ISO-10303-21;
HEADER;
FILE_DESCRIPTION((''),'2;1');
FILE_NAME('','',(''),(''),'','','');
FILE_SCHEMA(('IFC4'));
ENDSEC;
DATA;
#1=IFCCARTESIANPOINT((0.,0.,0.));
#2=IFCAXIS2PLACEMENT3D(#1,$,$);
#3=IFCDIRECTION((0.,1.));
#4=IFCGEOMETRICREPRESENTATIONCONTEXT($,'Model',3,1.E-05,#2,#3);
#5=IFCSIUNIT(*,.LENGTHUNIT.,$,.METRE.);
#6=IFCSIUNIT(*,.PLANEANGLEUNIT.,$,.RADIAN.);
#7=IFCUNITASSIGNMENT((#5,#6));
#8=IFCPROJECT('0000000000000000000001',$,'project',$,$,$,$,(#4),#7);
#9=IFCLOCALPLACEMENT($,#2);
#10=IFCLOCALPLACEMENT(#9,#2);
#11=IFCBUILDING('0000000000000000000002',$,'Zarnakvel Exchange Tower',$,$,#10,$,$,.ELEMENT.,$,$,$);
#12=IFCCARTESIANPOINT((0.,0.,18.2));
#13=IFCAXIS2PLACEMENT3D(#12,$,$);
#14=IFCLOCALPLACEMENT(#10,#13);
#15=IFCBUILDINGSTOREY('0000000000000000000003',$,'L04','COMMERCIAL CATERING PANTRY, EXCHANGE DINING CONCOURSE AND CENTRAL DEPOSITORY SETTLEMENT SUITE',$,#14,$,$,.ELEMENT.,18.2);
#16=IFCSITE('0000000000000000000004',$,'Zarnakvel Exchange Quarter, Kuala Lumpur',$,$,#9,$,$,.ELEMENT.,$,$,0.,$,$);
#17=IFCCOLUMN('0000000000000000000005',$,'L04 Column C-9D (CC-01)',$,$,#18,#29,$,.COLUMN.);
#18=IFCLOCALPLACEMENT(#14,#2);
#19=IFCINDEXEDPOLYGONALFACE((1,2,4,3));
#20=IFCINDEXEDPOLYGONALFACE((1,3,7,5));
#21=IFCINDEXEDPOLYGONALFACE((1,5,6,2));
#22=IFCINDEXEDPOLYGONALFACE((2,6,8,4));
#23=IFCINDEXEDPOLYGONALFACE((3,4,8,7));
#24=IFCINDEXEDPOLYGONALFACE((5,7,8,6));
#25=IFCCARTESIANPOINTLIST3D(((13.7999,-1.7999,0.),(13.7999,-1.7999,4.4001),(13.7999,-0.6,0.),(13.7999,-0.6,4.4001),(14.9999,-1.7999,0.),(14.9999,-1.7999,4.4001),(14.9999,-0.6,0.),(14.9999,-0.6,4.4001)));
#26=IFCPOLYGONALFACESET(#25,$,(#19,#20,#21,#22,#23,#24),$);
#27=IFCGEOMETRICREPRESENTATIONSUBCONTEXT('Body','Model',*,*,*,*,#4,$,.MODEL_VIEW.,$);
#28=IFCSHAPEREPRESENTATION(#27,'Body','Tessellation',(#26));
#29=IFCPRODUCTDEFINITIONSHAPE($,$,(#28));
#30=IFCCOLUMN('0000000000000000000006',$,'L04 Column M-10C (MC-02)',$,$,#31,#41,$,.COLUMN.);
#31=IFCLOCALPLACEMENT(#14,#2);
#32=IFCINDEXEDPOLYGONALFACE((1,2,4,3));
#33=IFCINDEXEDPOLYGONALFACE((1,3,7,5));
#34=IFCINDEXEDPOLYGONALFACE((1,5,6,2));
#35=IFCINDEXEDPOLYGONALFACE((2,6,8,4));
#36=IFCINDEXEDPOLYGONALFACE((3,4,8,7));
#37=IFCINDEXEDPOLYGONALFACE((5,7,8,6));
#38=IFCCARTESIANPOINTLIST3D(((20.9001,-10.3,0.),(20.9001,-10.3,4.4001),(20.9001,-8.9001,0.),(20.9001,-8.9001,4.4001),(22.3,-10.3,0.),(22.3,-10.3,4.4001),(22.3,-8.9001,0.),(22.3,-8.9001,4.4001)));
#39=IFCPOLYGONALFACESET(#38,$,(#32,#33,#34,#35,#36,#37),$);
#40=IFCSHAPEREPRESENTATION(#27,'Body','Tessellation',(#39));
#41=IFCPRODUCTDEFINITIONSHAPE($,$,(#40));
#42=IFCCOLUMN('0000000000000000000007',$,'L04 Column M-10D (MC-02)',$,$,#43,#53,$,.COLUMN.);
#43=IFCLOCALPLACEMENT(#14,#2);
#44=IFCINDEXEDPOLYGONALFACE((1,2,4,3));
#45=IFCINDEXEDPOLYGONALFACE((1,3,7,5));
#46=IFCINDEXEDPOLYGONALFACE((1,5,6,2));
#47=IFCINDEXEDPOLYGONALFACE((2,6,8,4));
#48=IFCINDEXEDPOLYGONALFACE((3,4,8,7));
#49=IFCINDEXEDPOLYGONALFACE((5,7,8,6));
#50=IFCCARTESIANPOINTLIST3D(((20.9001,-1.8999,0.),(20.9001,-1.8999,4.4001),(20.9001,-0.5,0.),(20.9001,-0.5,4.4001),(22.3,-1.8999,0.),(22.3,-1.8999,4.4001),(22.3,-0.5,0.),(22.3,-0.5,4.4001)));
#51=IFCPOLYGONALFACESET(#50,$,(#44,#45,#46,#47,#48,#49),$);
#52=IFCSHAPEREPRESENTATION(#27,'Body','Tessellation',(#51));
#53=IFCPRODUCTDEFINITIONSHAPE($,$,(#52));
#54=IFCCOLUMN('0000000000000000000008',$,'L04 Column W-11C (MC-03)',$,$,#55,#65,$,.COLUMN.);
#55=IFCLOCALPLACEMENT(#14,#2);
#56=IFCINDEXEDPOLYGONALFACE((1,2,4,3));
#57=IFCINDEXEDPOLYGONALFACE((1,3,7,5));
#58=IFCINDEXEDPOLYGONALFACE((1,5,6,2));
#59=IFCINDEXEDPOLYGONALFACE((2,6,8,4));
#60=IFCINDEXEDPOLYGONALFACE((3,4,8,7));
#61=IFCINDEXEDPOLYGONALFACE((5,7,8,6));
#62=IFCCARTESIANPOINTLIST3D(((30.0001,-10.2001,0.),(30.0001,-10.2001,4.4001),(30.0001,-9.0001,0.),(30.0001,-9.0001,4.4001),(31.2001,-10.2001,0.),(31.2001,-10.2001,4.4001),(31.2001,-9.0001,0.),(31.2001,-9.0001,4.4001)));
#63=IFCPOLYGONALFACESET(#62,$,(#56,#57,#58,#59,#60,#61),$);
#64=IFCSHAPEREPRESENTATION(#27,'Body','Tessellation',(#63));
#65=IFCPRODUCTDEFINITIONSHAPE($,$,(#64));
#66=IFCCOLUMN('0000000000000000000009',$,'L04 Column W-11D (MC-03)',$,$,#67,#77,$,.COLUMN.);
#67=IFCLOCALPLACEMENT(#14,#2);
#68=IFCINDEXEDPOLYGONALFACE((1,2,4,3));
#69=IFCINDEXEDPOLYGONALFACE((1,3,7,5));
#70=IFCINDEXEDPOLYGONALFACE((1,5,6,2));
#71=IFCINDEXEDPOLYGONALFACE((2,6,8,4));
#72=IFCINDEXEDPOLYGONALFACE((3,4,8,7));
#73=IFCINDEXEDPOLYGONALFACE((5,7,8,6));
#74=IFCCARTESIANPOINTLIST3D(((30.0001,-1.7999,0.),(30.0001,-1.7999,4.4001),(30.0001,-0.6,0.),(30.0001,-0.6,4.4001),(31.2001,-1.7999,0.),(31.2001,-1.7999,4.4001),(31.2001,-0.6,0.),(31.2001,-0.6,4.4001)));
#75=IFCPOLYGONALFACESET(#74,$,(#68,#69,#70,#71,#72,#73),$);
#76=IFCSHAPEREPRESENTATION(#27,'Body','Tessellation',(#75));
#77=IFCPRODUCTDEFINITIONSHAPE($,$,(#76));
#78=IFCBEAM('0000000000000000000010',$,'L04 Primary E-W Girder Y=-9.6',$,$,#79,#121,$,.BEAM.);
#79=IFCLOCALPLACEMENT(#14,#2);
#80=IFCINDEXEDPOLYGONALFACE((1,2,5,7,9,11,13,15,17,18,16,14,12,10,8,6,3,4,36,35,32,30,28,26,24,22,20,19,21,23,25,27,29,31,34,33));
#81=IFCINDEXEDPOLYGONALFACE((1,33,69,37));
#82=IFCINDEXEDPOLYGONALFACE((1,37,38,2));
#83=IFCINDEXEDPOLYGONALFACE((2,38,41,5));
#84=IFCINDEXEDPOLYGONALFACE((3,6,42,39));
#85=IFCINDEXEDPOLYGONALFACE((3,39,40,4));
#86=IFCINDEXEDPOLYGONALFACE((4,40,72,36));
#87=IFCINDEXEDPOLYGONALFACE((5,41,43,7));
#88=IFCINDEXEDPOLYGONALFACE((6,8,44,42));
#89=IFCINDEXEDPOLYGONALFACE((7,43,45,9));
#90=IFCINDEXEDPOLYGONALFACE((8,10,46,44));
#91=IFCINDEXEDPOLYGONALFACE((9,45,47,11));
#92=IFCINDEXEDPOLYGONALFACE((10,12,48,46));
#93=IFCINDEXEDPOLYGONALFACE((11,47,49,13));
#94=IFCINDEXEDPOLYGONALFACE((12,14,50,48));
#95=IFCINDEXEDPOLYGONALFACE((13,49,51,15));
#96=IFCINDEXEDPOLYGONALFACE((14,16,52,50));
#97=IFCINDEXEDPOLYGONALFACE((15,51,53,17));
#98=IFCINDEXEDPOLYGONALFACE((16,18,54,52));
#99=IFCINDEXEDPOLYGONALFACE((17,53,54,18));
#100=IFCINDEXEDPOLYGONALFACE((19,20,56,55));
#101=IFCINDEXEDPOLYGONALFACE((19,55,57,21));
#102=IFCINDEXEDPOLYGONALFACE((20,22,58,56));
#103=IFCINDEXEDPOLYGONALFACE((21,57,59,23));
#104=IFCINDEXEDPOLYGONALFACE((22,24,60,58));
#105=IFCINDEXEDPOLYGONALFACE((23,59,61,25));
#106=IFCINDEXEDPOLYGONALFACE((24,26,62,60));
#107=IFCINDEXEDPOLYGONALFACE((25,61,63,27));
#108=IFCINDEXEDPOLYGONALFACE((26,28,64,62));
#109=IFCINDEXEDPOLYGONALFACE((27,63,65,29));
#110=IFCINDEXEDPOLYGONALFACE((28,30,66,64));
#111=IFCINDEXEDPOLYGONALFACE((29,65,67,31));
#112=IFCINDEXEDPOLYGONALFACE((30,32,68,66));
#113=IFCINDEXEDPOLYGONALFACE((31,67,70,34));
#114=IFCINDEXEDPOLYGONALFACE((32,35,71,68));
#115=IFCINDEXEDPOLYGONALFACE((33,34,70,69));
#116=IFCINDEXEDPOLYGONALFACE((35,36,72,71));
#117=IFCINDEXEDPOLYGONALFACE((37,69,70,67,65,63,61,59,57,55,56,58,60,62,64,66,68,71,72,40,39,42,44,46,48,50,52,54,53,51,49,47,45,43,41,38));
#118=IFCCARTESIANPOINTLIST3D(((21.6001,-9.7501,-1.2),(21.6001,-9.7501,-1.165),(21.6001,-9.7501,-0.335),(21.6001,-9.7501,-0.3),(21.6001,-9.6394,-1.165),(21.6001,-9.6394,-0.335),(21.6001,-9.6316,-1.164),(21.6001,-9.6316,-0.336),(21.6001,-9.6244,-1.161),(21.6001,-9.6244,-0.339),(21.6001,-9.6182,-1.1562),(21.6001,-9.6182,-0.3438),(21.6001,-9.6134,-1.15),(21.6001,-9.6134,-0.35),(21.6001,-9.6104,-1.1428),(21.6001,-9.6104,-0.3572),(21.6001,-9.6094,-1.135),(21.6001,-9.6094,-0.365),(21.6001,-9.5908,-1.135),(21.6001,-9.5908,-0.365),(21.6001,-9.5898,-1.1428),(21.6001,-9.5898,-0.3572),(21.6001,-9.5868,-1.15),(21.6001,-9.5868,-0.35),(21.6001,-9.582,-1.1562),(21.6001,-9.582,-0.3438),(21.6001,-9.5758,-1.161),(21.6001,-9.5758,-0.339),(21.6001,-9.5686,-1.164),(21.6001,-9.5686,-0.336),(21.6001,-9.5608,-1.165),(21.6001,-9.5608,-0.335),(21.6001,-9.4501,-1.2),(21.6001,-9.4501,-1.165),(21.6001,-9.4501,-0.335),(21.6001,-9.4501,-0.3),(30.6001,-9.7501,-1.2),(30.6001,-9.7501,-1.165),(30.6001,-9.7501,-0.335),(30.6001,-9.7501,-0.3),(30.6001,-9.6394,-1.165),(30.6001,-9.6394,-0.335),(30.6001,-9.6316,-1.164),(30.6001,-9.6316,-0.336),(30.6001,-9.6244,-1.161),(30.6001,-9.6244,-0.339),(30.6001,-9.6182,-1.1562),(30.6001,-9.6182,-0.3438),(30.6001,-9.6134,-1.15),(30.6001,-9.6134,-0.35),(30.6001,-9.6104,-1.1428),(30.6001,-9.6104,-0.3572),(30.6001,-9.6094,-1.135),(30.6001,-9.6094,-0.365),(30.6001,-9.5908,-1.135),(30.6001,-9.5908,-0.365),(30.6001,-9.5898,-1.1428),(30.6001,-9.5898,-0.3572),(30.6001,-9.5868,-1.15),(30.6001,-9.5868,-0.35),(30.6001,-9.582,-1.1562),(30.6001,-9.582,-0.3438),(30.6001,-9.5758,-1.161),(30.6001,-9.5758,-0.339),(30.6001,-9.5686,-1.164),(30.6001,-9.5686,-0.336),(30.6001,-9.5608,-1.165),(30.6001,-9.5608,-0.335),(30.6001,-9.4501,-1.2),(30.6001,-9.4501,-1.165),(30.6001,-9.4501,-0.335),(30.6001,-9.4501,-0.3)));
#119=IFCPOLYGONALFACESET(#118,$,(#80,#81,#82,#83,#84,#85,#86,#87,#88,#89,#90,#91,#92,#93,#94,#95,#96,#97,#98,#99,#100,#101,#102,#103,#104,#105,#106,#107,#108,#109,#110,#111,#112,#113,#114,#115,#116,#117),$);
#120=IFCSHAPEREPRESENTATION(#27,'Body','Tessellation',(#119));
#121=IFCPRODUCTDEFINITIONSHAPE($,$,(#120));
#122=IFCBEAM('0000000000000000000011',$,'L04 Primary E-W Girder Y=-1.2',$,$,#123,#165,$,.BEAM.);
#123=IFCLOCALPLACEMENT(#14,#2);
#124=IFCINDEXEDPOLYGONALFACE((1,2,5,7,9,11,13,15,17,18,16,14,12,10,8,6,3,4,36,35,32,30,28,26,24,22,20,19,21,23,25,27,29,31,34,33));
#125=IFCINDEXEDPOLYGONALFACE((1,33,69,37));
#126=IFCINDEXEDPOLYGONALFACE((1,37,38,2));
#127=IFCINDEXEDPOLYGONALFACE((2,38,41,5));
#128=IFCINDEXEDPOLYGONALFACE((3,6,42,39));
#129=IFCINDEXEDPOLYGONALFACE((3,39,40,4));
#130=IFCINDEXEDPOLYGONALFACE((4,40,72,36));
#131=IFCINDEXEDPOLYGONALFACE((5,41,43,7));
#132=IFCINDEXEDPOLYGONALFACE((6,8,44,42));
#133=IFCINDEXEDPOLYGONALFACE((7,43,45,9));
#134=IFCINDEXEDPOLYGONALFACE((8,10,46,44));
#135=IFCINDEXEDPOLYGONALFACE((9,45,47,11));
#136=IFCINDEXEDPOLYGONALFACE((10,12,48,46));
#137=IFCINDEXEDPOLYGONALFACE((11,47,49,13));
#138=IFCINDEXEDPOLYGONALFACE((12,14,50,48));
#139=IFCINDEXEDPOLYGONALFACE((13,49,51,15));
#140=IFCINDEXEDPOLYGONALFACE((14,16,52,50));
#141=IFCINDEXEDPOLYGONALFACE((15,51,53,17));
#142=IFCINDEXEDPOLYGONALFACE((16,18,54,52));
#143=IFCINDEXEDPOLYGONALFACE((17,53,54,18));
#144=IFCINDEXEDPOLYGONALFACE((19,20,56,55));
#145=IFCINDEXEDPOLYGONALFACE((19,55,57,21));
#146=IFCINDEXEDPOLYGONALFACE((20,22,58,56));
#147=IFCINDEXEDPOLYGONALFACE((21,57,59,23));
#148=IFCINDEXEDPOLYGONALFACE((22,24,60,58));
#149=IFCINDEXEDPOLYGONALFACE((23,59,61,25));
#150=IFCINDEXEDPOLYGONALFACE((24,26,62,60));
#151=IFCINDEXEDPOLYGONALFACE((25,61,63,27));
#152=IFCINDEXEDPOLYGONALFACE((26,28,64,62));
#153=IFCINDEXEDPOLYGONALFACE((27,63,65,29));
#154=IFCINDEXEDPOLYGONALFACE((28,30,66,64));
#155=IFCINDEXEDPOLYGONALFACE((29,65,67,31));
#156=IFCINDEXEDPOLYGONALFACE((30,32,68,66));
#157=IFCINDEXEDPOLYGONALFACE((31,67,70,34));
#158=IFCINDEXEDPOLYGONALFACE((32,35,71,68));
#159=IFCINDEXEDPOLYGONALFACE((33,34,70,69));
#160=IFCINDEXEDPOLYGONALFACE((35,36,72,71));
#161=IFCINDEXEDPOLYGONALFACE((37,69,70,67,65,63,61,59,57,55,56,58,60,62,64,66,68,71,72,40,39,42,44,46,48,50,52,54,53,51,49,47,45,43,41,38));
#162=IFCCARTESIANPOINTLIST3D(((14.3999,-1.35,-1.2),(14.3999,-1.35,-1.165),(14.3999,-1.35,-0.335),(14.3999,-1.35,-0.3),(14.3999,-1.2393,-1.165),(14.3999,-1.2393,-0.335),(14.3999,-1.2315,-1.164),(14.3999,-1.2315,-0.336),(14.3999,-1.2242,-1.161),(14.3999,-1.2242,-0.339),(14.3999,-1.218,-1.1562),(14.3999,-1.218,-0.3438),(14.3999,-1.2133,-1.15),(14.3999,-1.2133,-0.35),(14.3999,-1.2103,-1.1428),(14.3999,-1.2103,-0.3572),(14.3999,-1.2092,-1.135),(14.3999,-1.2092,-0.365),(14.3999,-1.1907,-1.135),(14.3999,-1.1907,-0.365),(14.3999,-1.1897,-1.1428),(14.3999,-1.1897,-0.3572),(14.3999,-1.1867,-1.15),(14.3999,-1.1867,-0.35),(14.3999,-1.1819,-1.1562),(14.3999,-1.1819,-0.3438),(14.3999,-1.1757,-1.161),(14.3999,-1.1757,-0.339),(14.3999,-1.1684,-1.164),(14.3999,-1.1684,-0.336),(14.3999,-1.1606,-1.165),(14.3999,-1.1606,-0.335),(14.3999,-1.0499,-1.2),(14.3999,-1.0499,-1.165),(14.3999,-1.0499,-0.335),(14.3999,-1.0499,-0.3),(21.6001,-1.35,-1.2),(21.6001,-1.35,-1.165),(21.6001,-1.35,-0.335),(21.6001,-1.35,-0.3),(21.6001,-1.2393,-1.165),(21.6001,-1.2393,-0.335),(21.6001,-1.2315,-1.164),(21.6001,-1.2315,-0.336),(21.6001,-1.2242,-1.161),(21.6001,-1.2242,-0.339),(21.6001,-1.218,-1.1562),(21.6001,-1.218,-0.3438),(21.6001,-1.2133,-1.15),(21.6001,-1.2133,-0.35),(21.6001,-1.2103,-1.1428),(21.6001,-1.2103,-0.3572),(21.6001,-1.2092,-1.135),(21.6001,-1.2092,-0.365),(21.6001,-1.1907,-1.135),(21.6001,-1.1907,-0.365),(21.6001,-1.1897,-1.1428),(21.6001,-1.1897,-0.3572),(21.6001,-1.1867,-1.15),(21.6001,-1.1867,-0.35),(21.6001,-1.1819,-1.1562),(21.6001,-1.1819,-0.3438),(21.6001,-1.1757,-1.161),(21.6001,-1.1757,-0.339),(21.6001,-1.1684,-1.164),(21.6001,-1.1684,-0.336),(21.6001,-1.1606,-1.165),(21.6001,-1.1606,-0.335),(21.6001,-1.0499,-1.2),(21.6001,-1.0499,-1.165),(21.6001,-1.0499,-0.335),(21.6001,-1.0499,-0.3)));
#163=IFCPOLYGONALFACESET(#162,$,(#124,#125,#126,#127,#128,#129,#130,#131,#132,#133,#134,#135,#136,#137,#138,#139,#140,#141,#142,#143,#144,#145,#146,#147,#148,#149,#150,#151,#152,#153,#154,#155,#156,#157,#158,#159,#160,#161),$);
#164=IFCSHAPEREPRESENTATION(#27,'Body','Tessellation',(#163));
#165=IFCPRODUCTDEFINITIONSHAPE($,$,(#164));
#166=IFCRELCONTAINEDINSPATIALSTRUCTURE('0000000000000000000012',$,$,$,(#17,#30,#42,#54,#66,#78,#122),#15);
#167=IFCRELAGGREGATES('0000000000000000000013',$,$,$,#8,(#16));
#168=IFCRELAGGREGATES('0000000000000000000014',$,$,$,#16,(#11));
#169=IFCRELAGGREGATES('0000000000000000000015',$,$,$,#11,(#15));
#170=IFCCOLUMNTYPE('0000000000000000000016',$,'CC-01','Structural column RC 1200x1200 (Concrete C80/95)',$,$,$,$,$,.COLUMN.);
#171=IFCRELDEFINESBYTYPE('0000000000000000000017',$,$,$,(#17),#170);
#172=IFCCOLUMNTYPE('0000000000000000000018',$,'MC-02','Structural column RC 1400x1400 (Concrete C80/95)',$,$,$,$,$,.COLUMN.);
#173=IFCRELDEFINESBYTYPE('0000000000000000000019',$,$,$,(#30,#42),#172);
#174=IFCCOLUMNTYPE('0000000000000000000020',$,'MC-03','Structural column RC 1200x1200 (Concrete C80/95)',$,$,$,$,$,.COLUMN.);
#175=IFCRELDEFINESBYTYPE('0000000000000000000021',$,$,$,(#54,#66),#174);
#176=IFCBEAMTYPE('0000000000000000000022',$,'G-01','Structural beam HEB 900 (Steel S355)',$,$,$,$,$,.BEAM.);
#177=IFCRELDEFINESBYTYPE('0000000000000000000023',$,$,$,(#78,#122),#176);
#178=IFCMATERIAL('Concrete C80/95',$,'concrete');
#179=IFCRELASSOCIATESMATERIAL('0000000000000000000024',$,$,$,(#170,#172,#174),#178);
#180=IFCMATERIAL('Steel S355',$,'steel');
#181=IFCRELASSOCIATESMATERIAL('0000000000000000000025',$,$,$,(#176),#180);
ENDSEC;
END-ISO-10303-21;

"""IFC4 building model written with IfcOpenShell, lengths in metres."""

from ifc_helpers import new_model, si_unit, direction, frame, origin, origin_2d, place, context, subcontext, project, spatial, rectangle, i_section, extrude, material, material_profile, profile_set, type_object, element, save


model = new_model("IFC4")

# Units and contexts
model_context = context("Model", 3, precision=1e-05, world=origin(), true_north=direction((0.0, 1.0)))
body_context = subcontext(model_context, "Body", "Model", "MODEL_VIEW")
ifc_project = project(units=[si_unit("LENGTHUNIT", "METRE"), si_unit("PLANEANGLEUNIT", "RADIAN")], contexts=[model_context])

# Site, building, storey
site_placement = place(None, origin())
site = spatial("IfcSite", under=ifc_project, at=site_placement, Name="Zarnakvel Exchange Quarter, Kuala Lumpur", CompositionType="ELEMENT", RefElevation=0.0)
building_placement = place(site_placement, origin())
building = spatial("IfcBuilding", under=site, at=building_placement, Name="Zarnakvel Exchange Tower", CompositionType="ELEMENT")
storey_placement = place(building_placement, frame((0.0, 0.0, 18.2)))
storey = spatial("IfcBuildingStorey", under=building, at=storey_placement, Name="L04", Description="COMMERCIAL CATERING PANTRY, EXCHANGE DINING CONCOURSE AND CENTRAL DEPOSITORY SETTLEMENT SUITE", CompositionType="ELEMENT", Elevation=18.2)

# Columns
ifc_material_1 = material(Name="Concrete C80/95", Category="concrete")
ifc_material_profile_1 = material_profile(ifc_material_1, rectangle(XDim=1.2, YDim=1.2, at=origin_2d()))
ifc_profile_set_1 = profile_set([ifc_material_profile_1], Name="Concrete C80/95")
column_type_1 = type_object("IfcColumnType", Name="CC-01", Description="Structural column RC 1200x1200 (Concrete C80/95)", PredefinedType="COLUMN", material=ifc_profile_set_1)
column_placement = place(storey_placement, frame((14.3999, -1.2, 0.0), z_axis=(0.0, 0.0, 1.0), x_axis=(1.0, 0.0, 0.0)))
element("IfcColumn", 1, at=column_placement, inside=storey, type_object=column_type_1, Name="L04 Column C-9D (CC-01)", PredefinedType="COLUMN", context=body_context, shape_type="SweptSolid", body=[
    extrude(rectangle(XDim=1.2, YDim=1.2, at=origin_2d()), origin(), (0.0, 0.0, 1.0), 4.4001),
])
ifc_material_profile_2 = material_profile(ifc_material_1, rectangle(XDim=1.3999, YDim=1.3999, at=origin_2d()))
ifc_profile_set_2 = profile_set([ifc_material_profile_2], Name="Concrete C80/95")
column_type_2 = type_object("IfcColumnType", Name="MC-02", Description="Structural column RC 1400x1400 (Concrete C80/95)", PredefinedType="COLUMN", material=ifc_profile_set_2)
for number, where, z_axis, x_axis, name in (
    (2, (21.6001, -9.6001, 0.0), (0.0, 0.0, 1.0), (1.0, 0.0, 0.0), "L04 Column M-10C (MC-02)"),
    (3, (21.6001, -1.2, 0.0), (0.0, 0.0, 1.0), (1.0, 0.0, 0.0), "L04 Column M-10D (MC-02)"),
):
    element("IfcColumn", number, at=place(storey_placement, frame(where, z_axis=z_axis, x_axis=x_axis)), inside=storey, type_object=column_type_2, Name=name, PredefinedType="COLUMN", context=body_context, shape_type="SweptSolid", body=[
        extrude(rectangle(XDim=1.3999, YDim=1.3999, at=origin_2d()), origin(), (0.0, 0.0, 1.0), 4.4001),
    ])
ifc_material_profile_3 = material_profile(ifc_material_1, rectangle(XDim=1.2, YDim=1.2, at=origin_2d()))
ifc_profile_set_3 = profile_set([ifc_material_profile_3], Name="Concrete C80/95")
column_type_3 = type_object("IfcColumnType", Name="MC-03", Description="Structural column RC 1200x1200 (Concrete C80/95)", PredefinedType="COLUMN", material=ifc_profile_set_3)
for number, where, z_axis, x_axis, name in (
    (4, (30.6001, -9.6001, 0.0), (0.0, 0.0, 1.0), (1.0, 0.0, 0.0), "L04 Column W-11C (MC-03)"),
    (5, (30.6001, -1.2, 0.0), (0.0, 0.0, 1.0), (1.0, 0.0, 0.0), "L04 Column W-11D (MC-03)"),
):
    element("IfcColumn", number, at=place(storey_placement, frame(where, z_axis=z_axis, x_axis=x_axis)), inside=storey, type_object=column_type_3, Name=name, PredefinedType="COLUMN", context=body_context, shape_type="SweptSolid", body=[
        extrude(rectangle(XDim=1.2, YDim=1.2, at=origin_2d()), origin(), (0.0, 0.0, 1.0), 4.4001),
    ])

# Beams
ifc_material_2 = material(Name="Steel S355", Category="steel")
ifc_material_profile_4 = material_profile(ifc_material_2, i_section(OverallWidth=0.3, OverallDepth=0.8999, WebThickness=0.0186, FlangeThickness=0.0349, FilletRadius=0.03, at=origin_2d()))
ifc_profile_set_4 = profile_set([ifc_material_profile_4], Name="Steel S355")
beam_type = type_object("IfcBeamType", Name="G-01", Description="Structural beam HEB 900 (Steel S355)", PredefinedType="BEAM", material=ifc_profile_set_4)
beam_1_placement = place(storey_placement, frame((21.6001, -9.6001, -0.75), z_axis=(1.0, 0.0, 0.0), x_axis=(0.0, 1.0, 0.0)))
element("IfcBeam", 6, at=beam_1_placement, inside=storey, type_object=beam_type, Name="L04 Primary E-W Girder Y=-9.6", PredefinedType="BEAM", context=body_context, shape_type="SweptSolid", body=[
    extrude(i_section(OverallWidth=0.3, OverallDepth=0.8999, WebThickness=0.0186, FlangeThickness=0.0349, FilletRadius=0.03, at=origin_2d()), origin(), (0.0, 0.0, 1.0), 9.0),
])
beam_2_placement = place(storey_placement, frame((14.3999, -1.2, -0.75), z_axis=(1.0, 0.0, 0.0), x_axis=(0.0, 1.0, 0.0)))
element("IfcBeam", 7, at=beam_2_placement, inside=storey, type_object=beam_type, Name="L04 Primary E-W Girder Y=-1.2", PredefinedType="BEAM", context=body_context, shape_type="SweptSolid", body=[
    extrude(i_section(OverallWidth=0.3, OverallDepth=0.8999, WebThickness=0.0186, FlangeThickness=0.0349, FilletRadius=0.03, at=origin_2d()), origin(), (0.0, 0.0, 1.0), 7.2002),
])

save(model, "model.ifc")
